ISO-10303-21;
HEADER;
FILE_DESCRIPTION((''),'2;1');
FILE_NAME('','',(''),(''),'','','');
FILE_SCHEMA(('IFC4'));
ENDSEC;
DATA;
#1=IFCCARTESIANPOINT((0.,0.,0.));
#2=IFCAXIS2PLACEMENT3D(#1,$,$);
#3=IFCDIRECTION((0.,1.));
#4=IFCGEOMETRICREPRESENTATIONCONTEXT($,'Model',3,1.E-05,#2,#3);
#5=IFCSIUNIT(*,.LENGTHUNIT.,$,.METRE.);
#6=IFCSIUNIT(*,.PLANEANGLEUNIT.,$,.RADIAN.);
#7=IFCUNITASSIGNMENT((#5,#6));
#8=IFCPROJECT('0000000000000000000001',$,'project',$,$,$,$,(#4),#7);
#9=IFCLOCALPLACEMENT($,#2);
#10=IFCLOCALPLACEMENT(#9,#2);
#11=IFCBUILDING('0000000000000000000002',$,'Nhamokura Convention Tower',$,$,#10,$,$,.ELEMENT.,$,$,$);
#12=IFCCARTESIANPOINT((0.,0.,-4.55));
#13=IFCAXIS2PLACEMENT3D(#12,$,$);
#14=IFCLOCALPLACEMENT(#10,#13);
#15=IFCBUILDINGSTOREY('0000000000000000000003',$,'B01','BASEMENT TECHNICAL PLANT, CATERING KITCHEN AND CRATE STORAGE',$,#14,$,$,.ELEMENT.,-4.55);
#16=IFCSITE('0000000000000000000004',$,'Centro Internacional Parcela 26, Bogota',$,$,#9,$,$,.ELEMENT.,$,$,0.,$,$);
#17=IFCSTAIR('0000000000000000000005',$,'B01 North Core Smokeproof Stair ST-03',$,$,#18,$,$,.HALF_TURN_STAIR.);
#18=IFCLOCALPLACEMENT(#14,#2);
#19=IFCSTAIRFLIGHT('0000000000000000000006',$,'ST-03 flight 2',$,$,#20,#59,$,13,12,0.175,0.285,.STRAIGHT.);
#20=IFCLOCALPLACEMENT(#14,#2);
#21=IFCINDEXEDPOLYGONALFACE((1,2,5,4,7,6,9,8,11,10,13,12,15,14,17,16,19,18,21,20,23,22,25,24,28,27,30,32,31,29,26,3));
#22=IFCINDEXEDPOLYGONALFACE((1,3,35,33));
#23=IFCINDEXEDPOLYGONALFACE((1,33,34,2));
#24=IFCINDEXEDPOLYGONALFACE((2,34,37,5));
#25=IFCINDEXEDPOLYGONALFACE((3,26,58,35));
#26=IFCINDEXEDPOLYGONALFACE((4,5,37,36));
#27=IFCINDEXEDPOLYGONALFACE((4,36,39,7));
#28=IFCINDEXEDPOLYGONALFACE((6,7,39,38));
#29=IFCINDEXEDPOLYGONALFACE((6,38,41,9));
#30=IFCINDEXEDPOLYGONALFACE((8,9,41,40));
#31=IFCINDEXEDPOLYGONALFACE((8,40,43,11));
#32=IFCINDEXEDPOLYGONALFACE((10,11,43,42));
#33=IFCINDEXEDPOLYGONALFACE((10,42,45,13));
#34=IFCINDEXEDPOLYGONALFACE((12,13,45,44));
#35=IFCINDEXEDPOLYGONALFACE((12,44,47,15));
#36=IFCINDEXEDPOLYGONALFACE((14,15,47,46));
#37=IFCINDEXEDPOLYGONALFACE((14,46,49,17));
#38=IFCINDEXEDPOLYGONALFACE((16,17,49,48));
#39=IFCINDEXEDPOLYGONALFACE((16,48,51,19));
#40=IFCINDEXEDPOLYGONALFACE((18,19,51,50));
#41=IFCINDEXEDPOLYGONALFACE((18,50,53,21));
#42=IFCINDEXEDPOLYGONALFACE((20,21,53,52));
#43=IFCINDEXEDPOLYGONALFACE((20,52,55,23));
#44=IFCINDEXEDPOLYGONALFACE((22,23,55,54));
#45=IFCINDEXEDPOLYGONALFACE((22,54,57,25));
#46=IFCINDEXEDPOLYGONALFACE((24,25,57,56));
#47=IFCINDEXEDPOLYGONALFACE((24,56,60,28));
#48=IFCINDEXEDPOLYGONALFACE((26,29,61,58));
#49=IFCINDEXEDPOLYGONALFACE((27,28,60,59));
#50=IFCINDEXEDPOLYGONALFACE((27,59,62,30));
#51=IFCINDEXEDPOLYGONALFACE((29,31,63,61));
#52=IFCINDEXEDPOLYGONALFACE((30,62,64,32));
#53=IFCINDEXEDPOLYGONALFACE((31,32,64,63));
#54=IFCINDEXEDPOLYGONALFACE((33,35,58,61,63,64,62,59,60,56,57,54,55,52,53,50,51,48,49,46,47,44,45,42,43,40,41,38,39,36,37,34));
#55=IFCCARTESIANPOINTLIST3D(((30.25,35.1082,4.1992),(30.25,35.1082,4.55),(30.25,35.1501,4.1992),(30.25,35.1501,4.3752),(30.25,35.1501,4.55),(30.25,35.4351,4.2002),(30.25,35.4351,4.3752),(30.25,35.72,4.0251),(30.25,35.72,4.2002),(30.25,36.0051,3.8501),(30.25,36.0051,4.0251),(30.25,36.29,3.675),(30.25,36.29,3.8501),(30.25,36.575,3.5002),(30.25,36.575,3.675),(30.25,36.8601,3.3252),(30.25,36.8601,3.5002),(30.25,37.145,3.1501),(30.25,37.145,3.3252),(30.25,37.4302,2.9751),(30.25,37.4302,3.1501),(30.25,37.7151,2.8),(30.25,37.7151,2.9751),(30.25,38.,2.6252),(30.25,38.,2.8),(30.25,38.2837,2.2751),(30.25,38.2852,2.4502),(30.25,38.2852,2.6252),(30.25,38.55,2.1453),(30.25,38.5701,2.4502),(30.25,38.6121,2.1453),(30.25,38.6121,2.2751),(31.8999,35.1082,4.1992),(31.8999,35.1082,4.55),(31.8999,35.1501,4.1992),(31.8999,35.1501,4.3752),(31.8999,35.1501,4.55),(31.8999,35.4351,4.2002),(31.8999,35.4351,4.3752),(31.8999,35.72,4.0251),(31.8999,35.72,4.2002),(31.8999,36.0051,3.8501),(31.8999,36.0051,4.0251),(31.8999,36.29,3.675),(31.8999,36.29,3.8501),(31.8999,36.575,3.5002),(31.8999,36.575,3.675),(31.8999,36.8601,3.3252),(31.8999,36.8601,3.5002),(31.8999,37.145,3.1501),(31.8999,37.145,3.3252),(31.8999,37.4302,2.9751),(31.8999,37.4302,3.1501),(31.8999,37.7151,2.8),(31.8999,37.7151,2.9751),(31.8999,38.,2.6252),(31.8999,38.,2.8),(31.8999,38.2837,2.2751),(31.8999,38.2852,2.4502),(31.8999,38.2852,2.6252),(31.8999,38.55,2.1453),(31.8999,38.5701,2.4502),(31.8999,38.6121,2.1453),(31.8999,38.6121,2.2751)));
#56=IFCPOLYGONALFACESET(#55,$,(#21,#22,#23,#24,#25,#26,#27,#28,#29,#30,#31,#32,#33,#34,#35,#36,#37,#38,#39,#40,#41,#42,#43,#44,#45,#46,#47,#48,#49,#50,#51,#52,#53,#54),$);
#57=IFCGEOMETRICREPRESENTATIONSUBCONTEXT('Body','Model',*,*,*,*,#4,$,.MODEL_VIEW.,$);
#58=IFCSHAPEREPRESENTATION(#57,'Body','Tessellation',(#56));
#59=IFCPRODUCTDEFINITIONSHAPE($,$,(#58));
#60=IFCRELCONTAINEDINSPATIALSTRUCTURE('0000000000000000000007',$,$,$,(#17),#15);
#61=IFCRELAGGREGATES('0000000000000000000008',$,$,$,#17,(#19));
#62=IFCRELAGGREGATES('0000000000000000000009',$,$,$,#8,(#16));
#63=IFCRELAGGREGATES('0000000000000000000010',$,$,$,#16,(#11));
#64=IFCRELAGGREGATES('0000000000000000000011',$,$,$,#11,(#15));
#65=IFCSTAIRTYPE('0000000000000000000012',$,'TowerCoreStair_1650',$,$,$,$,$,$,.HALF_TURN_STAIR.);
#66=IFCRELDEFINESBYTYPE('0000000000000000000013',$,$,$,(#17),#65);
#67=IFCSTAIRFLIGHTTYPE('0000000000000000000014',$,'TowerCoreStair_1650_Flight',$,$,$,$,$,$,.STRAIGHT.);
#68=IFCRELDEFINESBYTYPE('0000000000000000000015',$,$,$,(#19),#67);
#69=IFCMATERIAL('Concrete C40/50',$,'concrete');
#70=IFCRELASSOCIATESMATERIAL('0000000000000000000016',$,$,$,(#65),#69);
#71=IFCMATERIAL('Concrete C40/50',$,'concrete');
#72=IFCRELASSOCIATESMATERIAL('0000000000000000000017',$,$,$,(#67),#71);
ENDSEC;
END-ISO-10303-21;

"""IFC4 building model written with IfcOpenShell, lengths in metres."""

from ifc_helpers import new_model, si_unit, direction, frame, origin, place, context, subcontext, project, spatial, polyline, outline, extrude, material, type_object, element, aggregate, save


model = new_model("IFC4")

# Units and contexts
model_context = context("Model", 3, precision=1e-05, world=origin(), true_north=direction((0.0, 1.0)))
body_context = subcontext(model_context, "Body", "Model", "MODEL_VIEW")
ifc_project = project(units=[si_unit("LENGTHUNIT", "METRE"), si_unit("PLANEANGLEUNIT", "RADIAN")], contexts=[model_context])

# Site, building, storey
site_placement = place(None, origin())
site = spatial("IfcSite", under=ifc_project, at=site_placement, Name="Centro Internacional Parcela 26, Bogota", CompositionType="ELEMENT", RefElevation=0.0)
building_placement = place(site_placement, origin())
building = spatial("IfcBuilding", under=site, at=building_placement, Name="Nhamokura Convention Tower", CompositionType="ELEMENT")
storey_placement = place(building_placement, frame((0.0, 0.0, -4.55)))
storey = spatial("IfcBuildingStorey", under=building, at=storey_placement, Name="B01", Description="BASEMENT TECHNICAL PLANT, CATERING KITCHEN AND CRATE STORAGE", CompositionType="ELEMENT", Elevation=-4.55)

# Stair, stair flight
ifc_material_1 = material(Name="Concrete C40/50", Category="concrete")
stair_type = type_object("IfcStairType", Name="TowerCoreStair_1650", PredefinedType="HALF_TURN_STAIR", material=ifc_material_1)
stair_placement = place(storey_placement, origin())
stair = element("IfcStair", 1, at=stair_placement, inside=storey, type_object=stair_type, Name="B01 North Core Smokeproof Stair ST-03", PredefinedType="HALF_TURN_STAIR")
ifc_material_2 = material(Name="Concrete C40/50", Category="concrete")
stair_flight_type = type_object("IfcStairFlightType", Name="TowerCoreStair_1650_Flight", PredefinedType="STRAIGHT", material=ifc_material_2)
stair_flight_1_placement = place(storey_placement, frame((31.075, 38.5701, 2.2751), z_axis=(0.0, 0.0, 1.0), x_axis=(0.0, -1.0, 0.0)))
stair_flight_1 = element("IfcStairFlight", 2, at=stair_flight_1_placement, type_object=stair_flight_type, Name="ST-03 flight 2", NumberOfRisers=13, NumberOfTreads=12, PredefinedType="STRAIGHT", RiserHeight=0.175, TreadLength=0.285, context=body_context, shape_type="SweptSolid", body=[
    extrude(outline(polyline([(-0.042, 0.0), (0.0, 0.175), (0.2849, 0.175), (0.2849, 0.3501), (0.5701, 0.3501), (0.5701, 0.5249), (0.855, 0.5249), (0.855, 0.7), (1.1399, 0.7), (1.1399, 0.875), (1.425, 0.875), (1.425, 1.05), (1.71, 1.05), (1.71, 1.2251), (1.9951, 1.2251), (1.9951, 1.3999), (2.28, 1.3999), (2.28, 1.575), (2.5649, 1.575), (2.5649, 1.75), (2.8501, 1.75), (2.8501, 1.925), (3.135, 1.925), (3.135, 2.1001), (3.4199, 2.1001), (3.4199, 2.2749), (3.4619, 2.2749), (3.4619, 1.9241), (3.4199, 1.9241), (0.2864, 0.0), (0.02, -0.1299), (-0.042, -0.1299), (-0.042, 0.0)])), frame((0.0, 0.825, 0.0), z_axis=(0.0, -1.0, 0.0), x_axis=(1.0, 0.0, 0.0)), (0.0, 0.0, 1.0), 1.6499),
])
aggregate(stair, [stair_flight_1])

save(model, "model.ifc")
